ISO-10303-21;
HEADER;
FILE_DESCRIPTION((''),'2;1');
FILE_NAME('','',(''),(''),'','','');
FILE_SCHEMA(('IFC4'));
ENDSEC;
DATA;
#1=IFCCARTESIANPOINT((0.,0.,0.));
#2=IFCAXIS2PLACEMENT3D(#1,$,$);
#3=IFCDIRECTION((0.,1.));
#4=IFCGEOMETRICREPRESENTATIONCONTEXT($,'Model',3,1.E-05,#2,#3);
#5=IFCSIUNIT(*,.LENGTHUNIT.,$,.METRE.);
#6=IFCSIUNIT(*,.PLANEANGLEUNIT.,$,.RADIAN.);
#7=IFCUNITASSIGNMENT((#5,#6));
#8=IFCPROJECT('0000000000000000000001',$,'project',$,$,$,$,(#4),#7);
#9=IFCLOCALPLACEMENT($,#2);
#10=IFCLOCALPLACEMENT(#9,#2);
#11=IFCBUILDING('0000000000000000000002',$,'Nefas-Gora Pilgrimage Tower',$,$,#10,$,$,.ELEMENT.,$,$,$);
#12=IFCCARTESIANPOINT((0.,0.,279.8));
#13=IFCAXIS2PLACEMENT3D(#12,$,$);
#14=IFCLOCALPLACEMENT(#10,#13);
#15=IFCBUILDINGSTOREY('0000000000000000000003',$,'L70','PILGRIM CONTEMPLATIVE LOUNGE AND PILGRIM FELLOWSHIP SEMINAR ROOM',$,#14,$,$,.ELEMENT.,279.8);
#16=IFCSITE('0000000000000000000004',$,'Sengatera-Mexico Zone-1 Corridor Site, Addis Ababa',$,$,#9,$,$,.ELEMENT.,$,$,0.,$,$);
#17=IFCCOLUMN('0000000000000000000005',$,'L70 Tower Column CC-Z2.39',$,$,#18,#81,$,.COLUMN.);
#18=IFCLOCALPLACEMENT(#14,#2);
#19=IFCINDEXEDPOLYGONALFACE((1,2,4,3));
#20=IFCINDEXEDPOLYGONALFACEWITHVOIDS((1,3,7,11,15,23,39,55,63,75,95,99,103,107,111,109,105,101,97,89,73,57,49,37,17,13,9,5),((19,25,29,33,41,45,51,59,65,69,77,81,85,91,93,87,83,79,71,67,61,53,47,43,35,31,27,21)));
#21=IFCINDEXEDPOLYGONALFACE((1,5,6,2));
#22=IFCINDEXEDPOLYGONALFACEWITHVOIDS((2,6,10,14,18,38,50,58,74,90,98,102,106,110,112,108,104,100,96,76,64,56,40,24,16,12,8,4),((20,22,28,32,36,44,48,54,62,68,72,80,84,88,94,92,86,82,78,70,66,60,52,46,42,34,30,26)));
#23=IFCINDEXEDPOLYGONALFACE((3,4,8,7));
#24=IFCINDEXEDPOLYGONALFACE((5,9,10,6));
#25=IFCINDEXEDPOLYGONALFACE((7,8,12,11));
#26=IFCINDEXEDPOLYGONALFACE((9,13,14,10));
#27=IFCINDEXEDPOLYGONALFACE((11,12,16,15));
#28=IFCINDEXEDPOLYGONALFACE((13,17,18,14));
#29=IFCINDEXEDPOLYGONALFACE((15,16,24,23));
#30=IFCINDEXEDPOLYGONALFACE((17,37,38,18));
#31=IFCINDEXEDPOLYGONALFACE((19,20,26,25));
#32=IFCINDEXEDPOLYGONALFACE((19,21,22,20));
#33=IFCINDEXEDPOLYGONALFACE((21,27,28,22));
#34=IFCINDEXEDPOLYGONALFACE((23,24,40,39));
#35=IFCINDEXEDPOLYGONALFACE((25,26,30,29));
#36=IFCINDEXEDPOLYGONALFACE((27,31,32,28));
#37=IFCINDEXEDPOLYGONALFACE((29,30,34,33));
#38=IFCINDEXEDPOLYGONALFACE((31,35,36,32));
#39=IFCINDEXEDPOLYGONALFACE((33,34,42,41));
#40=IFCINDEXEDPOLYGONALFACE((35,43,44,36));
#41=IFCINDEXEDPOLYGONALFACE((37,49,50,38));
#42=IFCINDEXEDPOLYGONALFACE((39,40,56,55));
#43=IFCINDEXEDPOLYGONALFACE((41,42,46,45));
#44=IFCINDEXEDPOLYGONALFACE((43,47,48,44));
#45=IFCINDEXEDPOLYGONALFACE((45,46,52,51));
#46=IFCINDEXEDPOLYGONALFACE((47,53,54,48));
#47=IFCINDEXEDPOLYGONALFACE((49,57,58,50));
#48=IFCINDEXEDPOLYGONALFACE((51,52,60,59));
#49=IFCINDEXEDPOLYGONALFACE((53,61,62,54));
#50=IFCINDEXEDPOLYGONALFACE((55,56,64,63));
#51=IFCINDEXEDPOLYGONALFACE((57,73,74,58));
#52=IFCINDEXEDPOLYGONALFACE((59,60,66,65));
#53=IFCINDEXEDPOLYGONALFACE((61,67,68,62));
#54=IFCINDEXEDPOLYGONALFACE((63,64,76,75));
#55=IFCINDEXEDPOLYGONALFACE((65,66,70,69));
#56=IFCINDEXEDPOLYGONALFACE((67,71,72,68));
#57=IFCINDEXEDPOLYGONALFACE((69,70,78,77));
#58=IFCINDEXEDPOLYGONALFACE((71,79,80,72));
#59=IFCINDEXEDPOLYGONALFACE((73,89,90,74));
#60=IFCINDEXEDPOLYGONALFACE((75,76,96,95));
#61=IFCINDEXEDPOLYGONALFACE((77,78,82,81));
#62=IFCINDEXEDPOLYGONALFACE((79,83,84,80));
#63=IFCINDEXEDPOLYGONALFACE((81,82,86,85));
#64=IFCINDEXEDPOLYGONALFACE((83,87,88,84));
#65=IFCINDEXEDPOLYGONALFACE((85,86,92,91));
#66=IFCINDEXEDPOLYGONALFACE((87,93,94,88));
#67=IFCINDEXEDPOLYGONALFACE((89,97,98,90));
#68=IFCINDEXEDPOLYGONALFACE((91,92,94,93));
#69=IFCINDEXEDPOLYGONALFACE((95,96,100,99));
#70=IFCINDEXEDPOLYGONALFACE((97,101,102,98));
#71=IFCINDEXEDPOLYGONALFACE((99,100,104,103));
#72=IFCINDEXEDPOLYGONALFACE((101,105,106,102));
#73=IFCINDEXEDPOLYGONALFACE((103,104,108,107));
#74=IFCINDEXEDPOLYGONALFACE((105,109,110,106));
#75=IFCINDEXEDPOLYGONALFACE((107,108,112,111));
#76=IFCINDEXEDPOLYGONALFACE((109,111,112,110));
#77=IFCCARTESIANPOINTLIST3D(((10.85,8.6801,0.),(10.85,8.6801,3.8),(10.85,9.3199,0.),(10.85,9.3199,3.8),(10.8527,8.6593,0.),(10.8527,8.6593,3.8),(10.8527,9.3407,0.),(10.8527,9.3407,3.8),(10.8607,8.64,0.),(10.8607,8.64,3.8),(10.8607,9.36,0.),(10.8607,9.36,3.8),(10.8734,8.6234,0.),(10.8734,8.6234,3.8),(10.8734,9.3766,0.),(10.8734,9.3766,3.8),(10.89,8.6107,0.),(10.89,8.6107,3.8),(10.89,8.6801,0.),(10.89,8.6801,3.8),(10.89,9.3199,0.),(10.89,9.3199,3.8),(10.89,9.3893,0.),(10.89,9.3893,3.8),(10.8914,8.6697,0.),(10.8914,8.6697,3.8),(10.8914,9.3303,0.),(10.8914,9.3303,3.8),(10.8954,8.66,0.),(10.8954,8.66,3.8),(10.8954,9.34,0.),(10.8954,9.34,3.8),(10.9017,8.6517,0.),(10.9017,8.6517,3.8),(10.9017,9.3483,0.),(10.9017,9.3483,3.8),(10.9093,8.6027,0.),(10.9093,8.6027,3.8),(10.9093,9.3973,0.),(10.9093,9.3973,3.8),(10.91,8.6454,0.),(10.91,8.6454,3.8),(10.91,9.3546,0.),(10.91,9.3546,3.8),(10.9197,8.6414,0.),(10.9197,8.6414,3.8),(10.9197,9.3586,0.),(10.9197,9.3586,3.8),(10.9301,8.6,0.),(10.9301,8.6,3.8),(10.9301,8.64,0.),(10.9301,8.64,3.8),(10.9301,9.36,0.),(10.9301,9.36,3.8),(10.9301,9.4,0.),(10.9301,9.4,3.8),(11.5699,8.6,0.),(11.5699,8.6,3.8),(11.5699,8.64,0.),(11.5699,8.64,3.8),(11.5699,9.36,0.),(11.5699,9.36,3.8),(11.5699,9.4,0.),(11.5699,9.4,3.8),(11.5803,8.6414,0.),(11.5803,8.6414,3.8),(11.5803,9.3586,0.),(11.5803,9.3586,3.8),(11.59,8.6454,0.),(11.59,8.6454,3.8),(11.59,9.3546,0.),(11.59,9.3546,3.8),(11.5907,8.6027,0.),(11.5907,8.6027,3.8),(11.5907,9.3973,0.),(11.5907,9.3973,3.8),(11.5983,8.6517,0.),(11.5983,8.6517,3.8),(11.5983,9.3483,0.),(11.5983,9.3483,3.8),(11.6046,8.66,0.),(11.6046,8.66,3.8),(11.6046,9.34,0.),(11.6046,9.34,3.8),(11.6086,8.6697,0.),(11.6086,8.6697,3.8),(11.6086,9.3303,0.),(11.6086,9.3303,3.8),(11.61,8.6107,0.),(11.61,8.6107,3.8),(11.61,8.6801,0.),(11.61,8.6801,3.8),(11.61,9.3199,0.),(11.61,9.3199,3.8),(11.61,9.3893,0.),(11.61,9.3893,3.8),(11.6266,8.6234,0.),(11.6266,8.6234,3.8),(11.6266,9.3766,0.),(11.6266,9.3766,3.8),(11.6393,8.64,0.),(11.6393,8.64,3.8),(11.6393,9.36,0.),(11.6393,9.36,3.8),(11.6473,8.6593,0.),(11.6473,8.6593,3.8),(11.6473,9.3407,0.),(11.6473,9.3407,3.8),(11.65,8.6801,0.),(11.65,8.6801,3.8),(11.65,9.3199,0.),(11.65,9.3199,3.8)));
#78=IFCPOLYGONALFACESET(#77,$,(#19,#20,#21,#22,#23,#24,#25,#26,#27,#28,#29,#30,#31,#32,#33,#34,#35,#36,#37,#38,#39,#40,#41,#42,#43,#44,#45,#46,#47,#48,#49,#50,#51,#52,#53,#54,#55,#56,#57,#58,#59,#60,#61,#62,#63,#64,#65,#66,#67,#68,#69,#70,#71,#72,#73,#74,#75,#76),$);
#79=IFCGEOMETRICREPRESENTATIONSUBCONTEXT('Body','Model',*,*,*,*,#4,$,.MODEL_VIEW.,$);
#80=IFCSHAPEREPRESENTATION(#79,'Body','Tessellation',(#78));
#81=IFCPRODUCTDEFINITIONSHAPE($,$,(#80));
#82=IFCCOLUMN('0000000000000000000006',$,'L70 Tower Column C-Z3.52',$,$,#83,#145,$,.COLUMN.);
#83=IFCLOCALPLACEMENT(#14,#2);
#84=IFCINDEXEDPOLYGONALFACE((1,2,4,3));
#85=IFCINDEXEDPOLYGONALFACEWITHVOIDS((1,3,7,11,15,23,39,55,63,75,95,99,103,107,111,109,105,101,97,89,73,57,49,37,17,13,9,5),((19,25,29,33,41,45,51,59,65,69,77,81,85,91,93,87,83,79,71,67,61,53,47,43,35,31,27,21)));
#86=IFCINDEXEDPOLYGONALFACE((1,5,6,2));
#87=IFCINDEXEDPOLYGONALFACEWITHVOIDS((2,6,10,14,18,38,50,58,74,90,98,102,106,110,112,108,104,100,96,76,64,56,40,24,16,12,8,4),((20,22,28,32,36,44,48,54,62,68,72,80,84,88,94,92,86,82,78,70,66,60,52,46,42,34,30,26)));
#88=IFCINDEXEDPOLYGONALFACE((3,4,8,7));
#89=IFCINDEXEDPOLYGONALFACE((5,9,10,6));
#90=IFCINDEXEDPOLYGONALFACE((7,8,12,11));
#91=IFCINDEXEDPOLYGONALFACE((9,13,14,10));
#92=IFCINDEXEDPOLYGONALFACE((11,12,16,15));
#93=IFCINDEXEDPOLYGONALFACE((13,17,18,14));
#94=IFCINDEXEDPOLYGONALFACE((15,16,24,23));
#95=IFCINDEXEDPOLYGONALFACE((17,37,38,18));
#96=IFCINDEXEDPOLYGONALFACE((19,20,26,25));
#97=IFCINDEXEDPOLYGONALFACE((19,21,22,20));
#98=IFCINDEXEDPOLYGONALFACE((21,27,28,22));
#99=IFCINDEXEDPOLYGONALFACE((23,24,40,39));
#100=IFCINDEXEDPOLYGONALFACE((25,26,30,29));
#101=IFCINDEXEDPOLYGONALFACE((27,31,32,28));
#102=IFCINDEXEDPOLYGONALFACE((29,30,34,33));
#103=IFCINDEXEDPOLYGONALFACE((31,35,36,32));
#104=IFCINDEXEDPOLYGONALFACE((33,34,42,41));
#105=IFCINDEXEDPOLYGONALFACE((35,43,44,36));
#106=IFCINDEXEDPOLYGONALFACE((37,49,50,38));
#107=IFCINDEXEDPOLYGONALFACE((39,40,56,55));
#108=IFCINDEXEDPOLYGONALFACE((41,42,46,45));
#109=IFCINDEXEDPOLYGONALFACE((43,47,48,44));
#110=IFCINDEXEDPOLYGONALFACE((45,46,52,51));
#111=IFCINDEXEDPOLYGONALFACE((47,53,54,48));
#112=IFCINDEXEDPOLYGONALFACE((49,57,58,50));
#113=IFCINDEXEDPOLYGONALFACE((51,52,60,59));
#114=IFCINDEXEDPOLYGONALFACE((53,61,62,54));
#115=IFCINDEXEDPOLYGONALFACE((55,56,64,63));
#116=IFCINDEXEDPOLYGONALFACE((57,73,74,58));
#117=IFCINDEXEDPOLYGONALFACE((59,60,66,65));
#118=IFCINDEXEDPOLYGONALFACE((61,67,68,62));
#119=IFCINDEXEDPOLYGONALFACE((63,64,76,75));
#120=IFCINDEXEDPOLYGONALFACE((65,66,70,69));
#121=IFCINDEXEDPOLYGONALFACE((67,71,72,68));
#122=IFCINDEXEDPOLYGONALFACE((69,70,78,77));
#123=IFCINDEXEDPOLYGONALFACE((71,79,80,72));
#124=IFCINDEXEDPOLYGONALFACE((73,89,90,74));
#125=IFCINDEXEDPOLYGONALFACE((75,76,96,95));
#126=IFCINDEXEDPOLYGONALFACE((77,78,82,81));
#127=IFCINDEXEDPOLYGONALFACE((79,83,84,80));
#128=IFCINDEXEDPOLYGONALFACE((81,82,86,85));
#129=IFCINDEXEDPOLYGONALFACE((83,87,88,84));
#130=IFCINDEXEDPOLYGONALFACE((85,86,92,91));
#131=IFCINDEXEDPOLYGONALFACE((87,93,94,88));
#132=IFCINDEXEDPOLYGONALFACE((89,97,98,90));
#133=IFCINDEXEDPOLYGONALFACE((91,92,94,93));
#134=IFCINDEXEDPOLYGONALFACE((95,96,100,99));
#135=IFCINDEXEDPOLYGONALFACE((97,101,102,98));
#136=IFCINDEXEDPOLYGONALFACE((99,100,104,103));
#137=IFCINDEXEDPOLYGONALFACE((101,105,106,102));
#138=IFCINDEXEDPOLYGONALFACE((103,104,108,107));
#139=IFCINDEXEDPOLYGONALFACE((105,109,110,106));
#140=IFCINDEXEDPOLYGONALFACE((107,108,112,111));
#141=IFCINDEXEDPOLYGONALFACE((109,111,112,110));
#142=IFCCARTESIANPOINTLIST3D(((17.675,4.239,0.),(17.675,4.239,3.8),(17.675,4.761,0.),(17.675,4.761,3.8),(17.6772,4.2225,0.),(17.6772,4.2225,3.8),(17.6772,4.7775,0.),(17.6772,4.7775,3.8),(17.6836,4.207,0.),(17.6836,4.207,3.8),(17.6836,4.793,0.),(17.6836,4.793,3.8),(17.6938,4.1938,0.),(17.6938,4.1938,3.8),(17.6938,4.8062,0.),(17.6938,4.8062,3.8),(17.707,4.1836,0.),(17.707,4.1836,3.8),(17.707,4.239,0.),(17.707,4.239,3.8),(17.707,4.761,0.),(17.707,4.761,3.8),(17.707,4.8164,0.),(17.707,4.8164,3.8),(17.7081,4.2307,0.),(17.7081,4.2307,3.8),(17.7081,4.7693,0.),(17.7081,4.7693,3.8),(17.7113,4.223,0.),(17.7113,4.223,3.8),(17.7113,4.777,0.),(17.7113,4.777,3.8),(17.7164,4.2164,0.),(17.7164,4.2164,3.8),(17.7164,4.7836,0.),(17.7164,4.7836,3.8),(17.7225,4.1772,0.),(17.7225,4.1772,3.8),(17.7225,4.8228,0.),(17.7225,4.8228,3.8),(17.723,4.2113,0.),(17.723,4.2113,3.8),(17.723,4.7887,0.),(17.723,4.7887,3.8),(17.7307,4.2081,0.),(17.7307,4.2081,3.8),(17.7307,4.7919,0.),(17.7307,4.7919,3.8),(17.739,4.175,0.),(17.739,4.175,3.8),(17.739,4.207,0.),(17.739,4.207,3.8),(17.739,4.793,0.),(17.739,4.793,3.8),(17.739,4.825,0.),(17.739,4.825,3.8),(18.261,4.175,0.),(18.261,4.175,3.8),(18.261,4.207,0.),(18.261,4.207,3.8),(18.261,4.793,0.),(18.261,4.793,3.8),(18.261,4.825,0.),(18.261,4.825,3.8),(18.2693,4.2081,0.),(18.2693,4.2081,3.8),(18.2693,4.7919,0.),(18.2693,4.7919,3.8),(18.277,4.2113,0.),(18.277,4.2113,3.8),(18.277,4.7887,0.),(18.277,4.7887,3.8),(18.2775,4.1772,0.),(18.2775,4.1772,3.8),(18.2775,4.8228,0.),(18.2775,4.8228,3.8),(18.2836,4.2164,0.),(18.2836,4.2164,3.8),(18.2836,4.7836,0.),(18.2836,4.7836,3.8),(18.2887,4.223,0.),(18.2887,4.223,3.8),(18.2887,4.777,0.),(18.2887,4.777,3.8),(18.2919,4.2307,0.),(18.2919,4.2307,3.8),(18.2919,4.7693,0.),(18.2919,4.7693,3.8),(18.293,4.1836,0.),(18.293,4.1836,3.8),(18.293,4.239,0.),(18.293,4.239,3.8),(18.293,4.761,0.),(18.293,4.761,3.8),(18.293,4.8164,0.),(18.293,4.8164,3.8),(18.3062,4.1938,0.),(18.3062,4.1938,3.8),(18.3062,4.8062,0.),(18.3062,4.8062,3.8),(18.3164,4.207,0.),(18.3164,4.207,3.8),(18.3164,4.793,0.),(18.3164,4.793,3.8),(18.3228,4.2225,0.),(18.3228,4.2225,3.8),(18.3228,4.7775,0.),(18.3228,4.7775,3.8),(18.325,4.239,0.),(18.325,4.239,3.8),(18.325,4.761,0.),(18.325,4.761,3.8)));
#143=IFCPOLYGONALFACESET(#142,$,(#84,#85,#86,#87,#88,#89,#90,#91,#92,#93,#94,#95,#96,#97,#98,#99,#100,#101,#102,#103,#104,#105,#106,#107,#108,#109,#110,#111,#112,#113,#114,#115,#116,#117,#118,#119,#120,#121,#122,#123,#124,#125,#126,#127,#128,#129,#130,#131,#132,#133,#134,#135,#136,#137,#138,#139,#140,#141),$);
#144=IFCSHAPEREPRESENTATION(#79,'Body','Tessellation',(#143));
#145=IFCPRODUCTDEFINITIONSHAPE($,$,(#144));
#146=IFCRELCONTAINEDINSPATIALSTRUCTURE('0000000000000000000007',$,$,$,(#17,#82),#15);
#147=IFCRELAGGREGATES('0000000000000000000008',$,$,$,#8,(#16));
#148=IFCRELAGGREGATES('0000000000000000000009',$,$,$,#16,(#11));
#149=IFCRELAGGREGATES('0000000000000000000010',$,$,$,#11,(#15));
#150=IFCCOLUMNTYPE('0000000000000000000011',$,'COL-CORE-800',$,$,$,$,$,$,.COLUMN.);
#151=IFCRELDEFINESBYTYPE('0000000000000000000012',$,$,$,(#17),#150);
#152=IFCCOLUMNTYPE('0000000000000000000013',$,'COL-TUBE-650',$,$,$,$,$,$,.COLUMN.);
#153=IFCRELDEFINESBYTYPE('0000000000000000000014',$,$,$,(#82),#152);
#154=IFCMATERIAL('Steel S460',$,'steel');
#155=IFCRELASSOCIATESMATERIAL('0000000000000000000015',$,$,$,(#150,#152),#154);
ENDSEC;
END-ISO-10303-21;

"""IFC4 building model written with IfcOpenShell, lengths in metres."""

from ifc_helpers import new_model, si_unit, direction, frame, origin, origin_2d, place, context, subcontext, project, spatial, hollow_rectangle, extrude, source, transform, mapped, material, material_profile, profile_set, type_object, element, save


model = new_model("IFC4")

# Units and contexts
model_context = context("Model", 3, precision=1e-05, world=origin(), true_north=direction((0.0, 1.0)))
body_context = subcontext(model_context, "Body", "Model", "MODEL_VIEW")
ifc_project = project(units=[si_unit("LENGTHUNIT", "METRE"), si_unit("PLANEANGLEUNIT", "RADIAN")], contexts=[model_context])

# Site, building, storey
site_placement = place(None, origin())
site = spatial("IfcSite", under=ifc_project, at=site_placement, Name="Sengatera-Mexico Zone-1 Corridor Site, Addis Ababa", CompositionType="ELEMENT", RefElevation=0.0)
building_placement = place(site_placement, origin())
building = spatial("IfcBuilding", under=site, at=building_placement, Name="Nefas-Gora Pilgrimage Tower", CompositionType="ELEMENT")
storey_placement = place(building_placement, frame((0.0, 0.0, 279.8)))
storey = spatial("IfcBuildingStorey", under=building, at=storey_placement, Name="L70", Description="PILGRIM CONTEMPLATIVE LOUNGE AND PILGRIM FELLOWSHIP SEMINAR ROOM", CompositionType="ELEMENT", Elevation=279.8)

# Columns
ifc_material_1 = material(Name="Steel S460", Category="steel")
ifc_material_profile_1 = material_profile(ifc_material_1, hollow_rectangle(XDim=0.8, YDim=0.8, WallThickness=0.04, InnerFilletRadius=0.04, OuterFilletRadius=0.0801, at=origin_2d()), Name="BOX 800x800x40")
ifc_profile_set_1 = profile_set([ifc_material_profile_1], Name="Steel S460")
column_type_1 = type_object("IfcColumnType", Name="COL-CORE-800", PredefinedType="COLUMN", material=ifc_profile_set_1)
shared_shape_1 = source(origin(), body_context, "Body", "SweptSolid", [
    extrude(hollow_rectangle(XDim=0.8, YDim=0.8, WallThickness=0.04, InnerFilletRadius=0.04, OuterFilletRadius=0.0801, at=origin_2d()), origin(), (0.0, 0.0, 1.0), 3.8),
])
column_placement = place(storey_placement, frame((11.25, 9.0, 0.0), z_axis=(0.0, 0.0, 1.0), x_axis=(1.0, 0.0, 0.0)))
element("IfcColumn", 1, at=column_placement, inside=storey, type_object=column_type_1, Name="L70 Tower Column CC-Z2.39", PredefinedType="COLUMN", context=body_context, shape_type="MappedRepresentation", body=[
    mapped(shared_shape_1, transform((0.0, 0.0, 0.0), x_axis=(1.0, 0.0, 0.0), y_axis=(0.0, 1.0, 0.0), z_axis=(0.0, 0.0, 1.0), scale=1.0)),
])
ifc_material_profile_2 = material_profile(ifc_material_1, hollow_rectangle(XDim=0.6499, YDim=0.6499, WallThickness=0.032, InnerFilletRadius=0.032, OuterFilletRadius=0.064, at=origin_2d()), Name="BOX 650x650x32")
ifc_profile_set_2 = profile_set([ifc_material_profile_2], Name="Steel S460")
column_type_2 = type_object("IfcColumnType", Name="COL-TUBE-650", PredefinedType="COLUMN", material=ifc_profile_set_2)
shared_shape_2 = source(origin(), body_context, "Body", "SweptSolid", [
    extrude(hollow_rectangle(XDim=0.6499, YDim=0.6499, WallThickness=0.032, InnerFilletRadius=0.032, OuterFilletRadius=0.064, at=origin_2d()), origin(), (0.0, 0.0, 1.0), 3.8),
])
for number, where, z_axis, x_axis, name in (
    (2, (18.0, 4.5, 0.0), (0.0, 0.0, 1.0), (1.0, 0.0, 0.0), "L70 Tower Column C-Z3.52"),
):
    element("IfcColumn", number, at=place(storey_placement, frame(where, z_axis=z_axis, x_axis=x_axis)), inside=storey, type_object=column_type_2, Name=name, PredefinedType="COLUMN", context=body_context, shape_type="MappedRepresentation", body=[
        mapped(shared_shape_2, transform((0.0, 0.0, 0.0), x_axis=(1.0, 0.0, 0.0), y_axis=(0.0, 1.0, 0.0), z_axis=(0.0, 0.0, 1.0), scale=1.0)),
    ])

save(model, "model.ifc")
